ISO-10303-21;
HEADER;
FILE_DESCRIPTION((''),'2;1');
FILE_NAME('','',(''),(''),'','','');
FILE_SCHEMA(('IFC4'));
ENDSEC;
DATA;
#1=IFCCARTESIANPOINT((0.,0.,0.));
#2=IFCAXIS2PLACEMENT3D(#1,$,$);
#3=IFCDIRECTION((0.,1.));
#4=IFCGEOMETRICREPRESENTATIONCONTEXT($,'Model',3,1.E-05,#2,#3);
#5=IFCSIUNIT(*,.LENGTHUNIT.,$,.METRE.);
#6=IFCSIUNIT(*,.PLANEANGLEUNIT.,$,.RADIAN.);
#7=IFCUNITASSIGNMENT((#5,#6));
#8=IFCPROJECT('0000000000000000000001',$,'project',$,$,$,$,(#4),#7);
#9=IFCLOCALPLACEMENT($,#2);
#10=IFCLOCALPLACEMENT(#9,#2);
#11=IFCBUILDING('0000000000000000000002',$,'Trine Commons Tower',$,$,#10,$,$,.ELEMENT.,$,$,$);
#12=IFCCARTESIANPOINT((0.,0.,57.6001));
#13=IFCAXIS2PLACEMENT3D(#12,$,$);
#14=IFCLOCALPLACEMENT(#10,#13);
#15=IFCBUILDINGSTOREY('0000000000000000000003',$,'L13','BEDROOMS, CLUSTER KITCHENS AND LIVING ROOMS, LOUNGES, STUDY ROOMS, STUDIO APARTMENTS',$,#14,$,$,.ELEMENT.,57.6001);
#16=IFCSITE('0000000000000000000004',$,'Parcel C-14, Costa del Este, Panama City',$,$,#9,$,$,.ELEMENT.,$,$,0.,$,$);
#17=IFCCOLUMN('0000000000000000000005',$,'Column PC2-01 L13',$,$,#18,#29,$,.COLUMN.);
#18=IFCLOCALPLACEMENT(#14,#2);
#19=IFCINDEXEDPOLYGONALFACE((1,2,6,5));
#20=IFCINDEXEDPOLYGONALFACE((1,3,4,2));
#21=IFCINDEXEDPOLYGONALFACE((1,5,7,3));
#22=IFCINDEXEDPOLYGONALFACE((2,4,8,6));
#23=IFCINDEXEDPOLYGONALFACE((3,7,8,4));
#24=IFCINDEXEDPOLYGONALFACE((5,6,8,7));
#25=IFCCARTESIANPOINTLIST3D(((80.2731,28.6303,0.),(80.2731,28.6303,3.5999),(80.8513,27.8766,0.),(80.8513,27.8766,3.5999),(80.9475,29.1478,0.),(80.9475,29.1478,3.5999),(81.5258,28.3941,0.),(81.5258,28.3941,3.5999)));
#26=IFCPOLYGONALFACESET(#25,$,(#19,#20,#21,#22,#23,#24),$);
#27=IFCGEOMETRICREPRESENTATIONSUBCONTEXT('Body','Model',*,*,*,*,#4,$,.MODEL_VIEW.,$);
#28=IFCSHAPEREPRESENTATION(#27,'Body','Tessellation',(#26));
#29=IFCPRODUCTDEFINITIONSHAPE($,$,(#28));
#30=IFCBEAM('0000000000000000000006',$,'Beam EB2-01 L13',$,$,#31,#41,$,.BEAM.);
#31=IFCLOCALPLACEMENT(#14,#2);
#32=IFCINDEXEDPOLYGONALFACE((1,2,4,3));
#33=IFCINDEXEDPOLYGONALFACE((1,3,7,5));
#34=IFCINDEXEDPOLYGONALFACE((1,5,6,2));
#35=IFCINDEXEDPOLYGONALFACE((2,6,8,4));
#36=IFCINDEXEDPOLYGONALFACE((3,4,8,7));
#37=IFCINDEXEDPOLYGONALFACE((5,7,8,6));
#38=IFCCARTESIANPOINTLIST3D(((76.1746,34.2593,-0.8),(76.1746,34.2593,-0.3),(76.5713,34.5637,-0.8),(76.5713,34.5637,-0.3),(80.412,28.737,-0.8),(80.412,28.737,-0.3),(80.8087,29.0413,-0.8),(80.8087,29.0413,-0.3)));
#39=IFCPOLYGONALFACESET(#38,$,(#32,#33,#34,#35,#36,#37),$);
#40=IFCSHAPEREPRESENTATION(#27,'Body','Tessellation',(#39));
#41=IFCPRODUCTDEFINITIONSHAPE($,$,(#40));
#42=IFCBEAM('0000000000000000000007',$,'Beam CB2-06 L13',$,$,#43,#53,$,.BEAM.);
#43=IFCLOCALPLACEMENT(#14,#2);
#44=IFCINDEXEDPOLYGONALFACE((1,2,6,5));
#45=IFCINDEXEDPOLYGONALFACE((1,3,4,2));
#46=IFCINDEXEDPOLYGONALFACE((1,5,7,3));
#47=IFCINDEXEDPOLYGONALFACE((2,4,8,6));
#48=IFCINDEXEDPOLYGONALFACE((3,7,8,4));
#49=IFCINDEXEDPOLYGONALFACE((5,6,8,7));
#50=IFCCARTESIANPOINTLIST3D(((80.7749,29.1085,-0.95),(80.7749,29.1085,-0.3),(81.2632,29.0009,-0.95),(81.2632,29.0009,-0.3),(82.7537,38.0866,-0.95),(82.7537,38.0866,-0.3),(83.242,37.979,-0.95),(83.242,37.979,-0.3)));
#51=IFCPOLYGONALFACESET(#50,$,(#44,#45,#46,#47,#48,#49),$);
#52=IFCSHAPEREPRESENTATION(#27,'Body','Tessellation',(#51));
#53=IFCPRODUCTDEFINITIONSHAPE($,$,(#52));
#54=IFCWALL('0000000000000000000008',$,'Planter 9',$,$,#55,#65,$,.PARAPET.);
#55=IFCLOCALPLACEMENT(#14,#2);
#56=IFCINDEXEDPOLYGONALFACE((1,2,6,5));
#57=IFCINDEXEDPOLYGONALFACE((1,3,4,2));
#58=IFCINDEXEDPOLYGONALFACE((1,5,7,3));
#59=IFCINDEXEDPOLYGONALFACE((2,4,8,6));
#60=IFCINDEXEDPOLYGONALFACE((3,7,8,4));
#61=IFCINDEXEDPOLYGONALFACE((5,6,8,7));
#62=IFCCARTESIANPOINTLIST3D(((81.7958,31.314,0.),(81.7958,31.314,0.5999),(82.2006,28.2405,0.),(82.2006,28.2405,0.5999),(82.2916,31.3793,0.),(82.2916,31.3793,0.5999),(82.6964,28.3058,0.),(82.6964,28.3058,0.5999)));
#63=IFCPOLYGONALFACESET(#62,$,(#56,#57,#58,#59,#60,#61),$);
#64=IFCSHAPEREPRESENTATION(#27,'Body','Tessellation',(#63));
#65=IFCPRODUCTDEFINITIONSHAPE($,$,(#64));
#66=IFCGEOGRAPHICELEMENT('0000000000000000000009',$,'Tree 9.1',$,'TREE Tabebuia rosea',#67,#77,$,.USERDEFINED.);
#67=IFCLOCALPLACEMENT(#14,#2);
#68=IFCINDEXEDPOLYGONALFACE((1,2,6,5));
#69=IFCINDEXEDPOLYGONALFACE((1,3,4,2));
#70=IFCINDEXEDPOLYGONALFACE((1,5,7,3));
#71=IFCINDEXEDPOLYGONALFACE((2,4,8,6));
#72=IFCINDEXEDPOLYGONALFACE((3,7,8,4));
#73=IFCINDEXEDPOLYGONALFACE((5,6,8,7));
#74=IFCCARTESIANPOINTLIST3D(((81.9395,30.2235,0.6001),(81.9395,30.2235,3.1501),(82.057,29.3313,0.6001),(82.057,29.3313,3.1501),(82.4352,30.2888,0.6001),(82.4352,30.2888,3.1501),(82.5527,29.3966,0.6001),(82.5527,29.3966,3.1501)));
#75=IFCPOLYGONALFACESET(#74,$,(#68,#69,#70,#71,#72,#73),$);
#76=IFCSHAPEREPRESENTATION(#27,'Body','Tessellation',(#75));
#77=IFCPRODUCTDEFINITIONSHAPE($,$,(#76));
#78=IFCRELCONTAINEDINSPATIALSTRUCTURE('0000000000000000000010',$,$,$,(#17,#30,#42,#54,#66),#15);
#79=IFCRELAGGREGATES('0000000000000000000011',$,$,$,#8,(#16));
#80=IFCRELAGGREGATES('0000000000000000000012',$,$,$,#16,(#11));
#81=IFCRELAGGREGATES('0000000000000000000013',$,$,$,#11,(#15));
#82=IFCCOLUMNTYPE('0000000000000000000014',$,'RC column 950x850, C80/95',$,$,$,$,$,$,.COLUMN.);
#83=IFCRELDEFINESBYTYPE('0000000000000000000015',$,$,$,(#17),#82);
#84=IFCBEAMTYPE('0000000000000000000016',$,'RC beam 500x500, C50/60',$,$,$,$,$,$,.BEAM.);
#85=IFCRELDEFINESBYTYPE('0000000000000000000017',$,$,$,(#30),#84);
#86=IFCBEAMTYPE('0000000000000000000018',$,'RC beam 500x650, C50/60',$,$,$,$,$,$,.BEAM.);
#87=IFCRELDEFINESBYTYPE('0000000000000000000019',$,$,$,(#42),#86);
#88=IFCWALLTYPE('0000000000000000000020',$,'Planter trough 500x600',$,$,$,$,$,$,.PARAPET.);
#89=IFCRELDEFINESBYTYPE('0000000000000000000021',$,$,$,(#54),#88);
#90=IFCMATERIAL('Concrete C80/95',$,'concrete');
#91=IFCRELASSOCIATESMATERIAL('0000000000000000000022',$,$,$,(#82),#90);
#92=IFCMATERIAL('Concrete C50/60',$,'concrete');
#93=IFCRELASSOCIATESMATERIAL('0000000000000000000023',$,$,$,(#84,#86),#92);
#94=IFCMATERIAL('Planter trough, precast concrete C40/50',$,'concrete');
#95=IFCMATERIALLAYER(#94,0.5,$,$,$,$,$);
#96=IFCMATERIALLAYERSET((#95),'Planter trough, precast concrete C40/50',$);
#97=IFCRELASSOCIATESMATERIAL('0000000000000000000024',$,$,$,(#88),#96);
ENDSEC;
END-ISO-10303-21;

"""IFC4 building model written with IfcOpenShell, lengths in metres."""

from ifc_helpers import new_model, si_unit, direction, frame, frame_2d, origin, origin_2d, place, context, subcontext, project, spatial, rectangle, extrude, material, layer, layer_set, material_profile, profile_set, type_object, element, save


model = new_model("IFC4")

# Units and contexts
model_context = context("Model", 3, precision=1e-05, world=origin(), true_north=direction((0.0, 1.0)))
body_context = subcontext(model_context, "Body", "Model", "MODEL_VIEW")
ifc_project = project(units=[si_unit("LENGTHUNIT", "METRE"), si_unit("PLANEANGLEUNIT", "RADIAN")], contexts=[model_context])

# Site, building, storey
site_placement = place(None, origin())
site = spatial("IfcSite", under=ifc_project, at=site_placement, Name="Parcel C-14, Costa del Este, Panama City", CompositionType="ELEMENT", RefElevation=0.0)
building_placement = place(site_placement, origin())
building = spatial("IfcBuilding", under=site, at=building_placement, Name="Trine Commons Tower", CompositionType="ELEMENT")
storey_placement = place(building_placement, frame((0.0, 0.0, 57.6001)))
storey = spatial("IfcBuildingStorey", under=building, at=storey_placement, Name="L13", Description="BEDROOMS, CLUSTER KITCHENS AND LIVING ROOMS, LOUNGES, STUDY ROOMS, STUDIO APARTMENTS", CompositionType="ELEMENT", Elevation=57.6001)

# Column
ifc_material_1 = material(Name="Concrete C80/95", Category="concrete")
ifc_material_profile_1 = material_profile(ifc_material_1, rectangle(XDim=0.95, YDim=0.8501, at=origin_2d()), Name="RC 950x850")
ifc_profile_set_1 = profile_set([ifc_material_profile_1], Name="Concrete C80/95")
column_type = type_object("IfcColumnType", Name="RC column 950x850, C80/95", PredefinedType="COLUMN", material=ifc_profile_set_1)
column_placement = place(storey_placement, frame((80.8994, 28.5122, 0.0), z_axis=(0.0, 0.0, 1.0), x_axis=(-0.608761, 0.793353, 0.0)))
element("IfcColumn", 1, at=column_placement, inside=storey, type_object=column_type, Name="Column PC2-01 L13", PredefinedType="COLUMN", context=body_context, shape_type="SweptSolid", body=[
    extrude(rectangle(XDim=0.95, YDim=0.8501, at=origin_2d()), origin(), (0.0, 0.0, 1.0), 3.5999),
])

# Beams
ifc_material_2 = material(Name="Concrete C50/60", Category="concrete")
ifc_material_profile_2 = material_profile(ifc_material_2, rectangle(XDim=0.5, YDim=0.5, at=origin_2d()), Name="RC 500x500")
ifc_profile_set_2 = profile_set([ifc_material_profile_2], Name="Concrete C50/60")
beam_type_1 = type_object("IfcBeamType", Name="RC beam 500x500, C50/60", PredefinedType="BEAM", material=ifc_profile_set_2)
beam_1_placement = place(storey_placement, frame((80.6104, 28.8892, -0.55), z_axis=(-0.608758, 0.793356, 0.0), x_axis=(-0.793356, -0.608758, 0.0)))
element("IfcBeam", 2, at=beam_1_placement, inside=storey, type_object=beam_type_1, Name="Beam EB2-01 L13", PredefinedType="BEAM", context=body_context, shape_type="SweptSolid", body=[
    extrude(rectangle(XDim=0.5, YDim=0.5, at=origin_2d()), origin(), (0.0, 0.0, 1.0), 6.9607),
])
ifc_material_profile_3 = material_profile(ifc_material_2, rectangle(XDim=0.5, YDim=0.6499, at=origin_2d()), Name="RC 500x650")
ifc_profile_set_3 = profile_set([ifc_material_profile_3], Name="Concrete C50/60")
beam_type_2 = type_object("IfcBeamType", Name="RC beam 500x650, C50/60", PredefinedType="BEAM", material=ifc_profile_set_3)
beam_2_placement = place(storey_placement, frame((81.019, 29.0547, -0.625), z_axis=(0.215235, 0.976562, 0.0), x_axis=(-0.976562, 0.215235, 0.0)))
element("IfcBeam", 3, at=beam_2_placement, inside=storey, type_object=beam_type_2, Name="Beam CB2-06 L13", PredefinedType="BEAM", context=body_context, shape_type="SweptSolid", body=[
    extrude(rectangle(XDim=0.5, YDim=0.6499, at=origin_2d()), origin(), (0.0, 0.0, 1.0), 9.1936),
])

# Wall
ifc_material_3 = material(Name="Planter trough, precast concrete C40/50", Category="concrete")
ifc_layer_1 = layer(ifc_material_3, 0.5)
ifc_layer_set_1 = layer_set([ifc_layer_1], Name="Planter trough, precast concrete C40/50")
wall_type_1 = type_object("IfcWallType", Name="Planter trough 500x600", PredefinedType="PARAPET", material=ifc_layer_set_1)
wall_1_placement = place(storey_placement, frame((82.0437, 31.3467, 0.0), z_axis=(0.0, 0.0, 1.0), x_axis=(0.130575, -0.991438, 0.0)))
element("IfcWall", 4, at=wall_1_placement, inside=storey, type_object=wall_type_1, Name="Planter 9", PredefinedType="PARAPET", context=body_context, shape_type="SweptSolid", body=[
    extrude(rectangle(XDim=3.1001, YDim=0.5, at=frame_2d((1.55, 0.0))), origin(), (0.0, 0.0, 1.0), 0.5999),
])

# Geographic element
geographic_element_placement = place(storey_placement, frame((82.2461, 29.8101, 0.6001), z_axis=(0.0, 0.0, 1.0), x_axis=(0.130547, -0.991442, 0.0)))
element("IfcGeographicElement", 5, at=geographic_element_placement, inside=storey, Name="Tree 9.1", ObjectType="TREE Tabebuia rosea", PredefinedType="USERDEFINED", context=body_context, shape_type="SweptSolid", body=[
    extrude(rectangle(XDim=0.8999, YDim=0.5, at=origin_2d()), origin(), (0.0, 0.0, 1.0), 2.55),
])

save(model, "model.ifc")
